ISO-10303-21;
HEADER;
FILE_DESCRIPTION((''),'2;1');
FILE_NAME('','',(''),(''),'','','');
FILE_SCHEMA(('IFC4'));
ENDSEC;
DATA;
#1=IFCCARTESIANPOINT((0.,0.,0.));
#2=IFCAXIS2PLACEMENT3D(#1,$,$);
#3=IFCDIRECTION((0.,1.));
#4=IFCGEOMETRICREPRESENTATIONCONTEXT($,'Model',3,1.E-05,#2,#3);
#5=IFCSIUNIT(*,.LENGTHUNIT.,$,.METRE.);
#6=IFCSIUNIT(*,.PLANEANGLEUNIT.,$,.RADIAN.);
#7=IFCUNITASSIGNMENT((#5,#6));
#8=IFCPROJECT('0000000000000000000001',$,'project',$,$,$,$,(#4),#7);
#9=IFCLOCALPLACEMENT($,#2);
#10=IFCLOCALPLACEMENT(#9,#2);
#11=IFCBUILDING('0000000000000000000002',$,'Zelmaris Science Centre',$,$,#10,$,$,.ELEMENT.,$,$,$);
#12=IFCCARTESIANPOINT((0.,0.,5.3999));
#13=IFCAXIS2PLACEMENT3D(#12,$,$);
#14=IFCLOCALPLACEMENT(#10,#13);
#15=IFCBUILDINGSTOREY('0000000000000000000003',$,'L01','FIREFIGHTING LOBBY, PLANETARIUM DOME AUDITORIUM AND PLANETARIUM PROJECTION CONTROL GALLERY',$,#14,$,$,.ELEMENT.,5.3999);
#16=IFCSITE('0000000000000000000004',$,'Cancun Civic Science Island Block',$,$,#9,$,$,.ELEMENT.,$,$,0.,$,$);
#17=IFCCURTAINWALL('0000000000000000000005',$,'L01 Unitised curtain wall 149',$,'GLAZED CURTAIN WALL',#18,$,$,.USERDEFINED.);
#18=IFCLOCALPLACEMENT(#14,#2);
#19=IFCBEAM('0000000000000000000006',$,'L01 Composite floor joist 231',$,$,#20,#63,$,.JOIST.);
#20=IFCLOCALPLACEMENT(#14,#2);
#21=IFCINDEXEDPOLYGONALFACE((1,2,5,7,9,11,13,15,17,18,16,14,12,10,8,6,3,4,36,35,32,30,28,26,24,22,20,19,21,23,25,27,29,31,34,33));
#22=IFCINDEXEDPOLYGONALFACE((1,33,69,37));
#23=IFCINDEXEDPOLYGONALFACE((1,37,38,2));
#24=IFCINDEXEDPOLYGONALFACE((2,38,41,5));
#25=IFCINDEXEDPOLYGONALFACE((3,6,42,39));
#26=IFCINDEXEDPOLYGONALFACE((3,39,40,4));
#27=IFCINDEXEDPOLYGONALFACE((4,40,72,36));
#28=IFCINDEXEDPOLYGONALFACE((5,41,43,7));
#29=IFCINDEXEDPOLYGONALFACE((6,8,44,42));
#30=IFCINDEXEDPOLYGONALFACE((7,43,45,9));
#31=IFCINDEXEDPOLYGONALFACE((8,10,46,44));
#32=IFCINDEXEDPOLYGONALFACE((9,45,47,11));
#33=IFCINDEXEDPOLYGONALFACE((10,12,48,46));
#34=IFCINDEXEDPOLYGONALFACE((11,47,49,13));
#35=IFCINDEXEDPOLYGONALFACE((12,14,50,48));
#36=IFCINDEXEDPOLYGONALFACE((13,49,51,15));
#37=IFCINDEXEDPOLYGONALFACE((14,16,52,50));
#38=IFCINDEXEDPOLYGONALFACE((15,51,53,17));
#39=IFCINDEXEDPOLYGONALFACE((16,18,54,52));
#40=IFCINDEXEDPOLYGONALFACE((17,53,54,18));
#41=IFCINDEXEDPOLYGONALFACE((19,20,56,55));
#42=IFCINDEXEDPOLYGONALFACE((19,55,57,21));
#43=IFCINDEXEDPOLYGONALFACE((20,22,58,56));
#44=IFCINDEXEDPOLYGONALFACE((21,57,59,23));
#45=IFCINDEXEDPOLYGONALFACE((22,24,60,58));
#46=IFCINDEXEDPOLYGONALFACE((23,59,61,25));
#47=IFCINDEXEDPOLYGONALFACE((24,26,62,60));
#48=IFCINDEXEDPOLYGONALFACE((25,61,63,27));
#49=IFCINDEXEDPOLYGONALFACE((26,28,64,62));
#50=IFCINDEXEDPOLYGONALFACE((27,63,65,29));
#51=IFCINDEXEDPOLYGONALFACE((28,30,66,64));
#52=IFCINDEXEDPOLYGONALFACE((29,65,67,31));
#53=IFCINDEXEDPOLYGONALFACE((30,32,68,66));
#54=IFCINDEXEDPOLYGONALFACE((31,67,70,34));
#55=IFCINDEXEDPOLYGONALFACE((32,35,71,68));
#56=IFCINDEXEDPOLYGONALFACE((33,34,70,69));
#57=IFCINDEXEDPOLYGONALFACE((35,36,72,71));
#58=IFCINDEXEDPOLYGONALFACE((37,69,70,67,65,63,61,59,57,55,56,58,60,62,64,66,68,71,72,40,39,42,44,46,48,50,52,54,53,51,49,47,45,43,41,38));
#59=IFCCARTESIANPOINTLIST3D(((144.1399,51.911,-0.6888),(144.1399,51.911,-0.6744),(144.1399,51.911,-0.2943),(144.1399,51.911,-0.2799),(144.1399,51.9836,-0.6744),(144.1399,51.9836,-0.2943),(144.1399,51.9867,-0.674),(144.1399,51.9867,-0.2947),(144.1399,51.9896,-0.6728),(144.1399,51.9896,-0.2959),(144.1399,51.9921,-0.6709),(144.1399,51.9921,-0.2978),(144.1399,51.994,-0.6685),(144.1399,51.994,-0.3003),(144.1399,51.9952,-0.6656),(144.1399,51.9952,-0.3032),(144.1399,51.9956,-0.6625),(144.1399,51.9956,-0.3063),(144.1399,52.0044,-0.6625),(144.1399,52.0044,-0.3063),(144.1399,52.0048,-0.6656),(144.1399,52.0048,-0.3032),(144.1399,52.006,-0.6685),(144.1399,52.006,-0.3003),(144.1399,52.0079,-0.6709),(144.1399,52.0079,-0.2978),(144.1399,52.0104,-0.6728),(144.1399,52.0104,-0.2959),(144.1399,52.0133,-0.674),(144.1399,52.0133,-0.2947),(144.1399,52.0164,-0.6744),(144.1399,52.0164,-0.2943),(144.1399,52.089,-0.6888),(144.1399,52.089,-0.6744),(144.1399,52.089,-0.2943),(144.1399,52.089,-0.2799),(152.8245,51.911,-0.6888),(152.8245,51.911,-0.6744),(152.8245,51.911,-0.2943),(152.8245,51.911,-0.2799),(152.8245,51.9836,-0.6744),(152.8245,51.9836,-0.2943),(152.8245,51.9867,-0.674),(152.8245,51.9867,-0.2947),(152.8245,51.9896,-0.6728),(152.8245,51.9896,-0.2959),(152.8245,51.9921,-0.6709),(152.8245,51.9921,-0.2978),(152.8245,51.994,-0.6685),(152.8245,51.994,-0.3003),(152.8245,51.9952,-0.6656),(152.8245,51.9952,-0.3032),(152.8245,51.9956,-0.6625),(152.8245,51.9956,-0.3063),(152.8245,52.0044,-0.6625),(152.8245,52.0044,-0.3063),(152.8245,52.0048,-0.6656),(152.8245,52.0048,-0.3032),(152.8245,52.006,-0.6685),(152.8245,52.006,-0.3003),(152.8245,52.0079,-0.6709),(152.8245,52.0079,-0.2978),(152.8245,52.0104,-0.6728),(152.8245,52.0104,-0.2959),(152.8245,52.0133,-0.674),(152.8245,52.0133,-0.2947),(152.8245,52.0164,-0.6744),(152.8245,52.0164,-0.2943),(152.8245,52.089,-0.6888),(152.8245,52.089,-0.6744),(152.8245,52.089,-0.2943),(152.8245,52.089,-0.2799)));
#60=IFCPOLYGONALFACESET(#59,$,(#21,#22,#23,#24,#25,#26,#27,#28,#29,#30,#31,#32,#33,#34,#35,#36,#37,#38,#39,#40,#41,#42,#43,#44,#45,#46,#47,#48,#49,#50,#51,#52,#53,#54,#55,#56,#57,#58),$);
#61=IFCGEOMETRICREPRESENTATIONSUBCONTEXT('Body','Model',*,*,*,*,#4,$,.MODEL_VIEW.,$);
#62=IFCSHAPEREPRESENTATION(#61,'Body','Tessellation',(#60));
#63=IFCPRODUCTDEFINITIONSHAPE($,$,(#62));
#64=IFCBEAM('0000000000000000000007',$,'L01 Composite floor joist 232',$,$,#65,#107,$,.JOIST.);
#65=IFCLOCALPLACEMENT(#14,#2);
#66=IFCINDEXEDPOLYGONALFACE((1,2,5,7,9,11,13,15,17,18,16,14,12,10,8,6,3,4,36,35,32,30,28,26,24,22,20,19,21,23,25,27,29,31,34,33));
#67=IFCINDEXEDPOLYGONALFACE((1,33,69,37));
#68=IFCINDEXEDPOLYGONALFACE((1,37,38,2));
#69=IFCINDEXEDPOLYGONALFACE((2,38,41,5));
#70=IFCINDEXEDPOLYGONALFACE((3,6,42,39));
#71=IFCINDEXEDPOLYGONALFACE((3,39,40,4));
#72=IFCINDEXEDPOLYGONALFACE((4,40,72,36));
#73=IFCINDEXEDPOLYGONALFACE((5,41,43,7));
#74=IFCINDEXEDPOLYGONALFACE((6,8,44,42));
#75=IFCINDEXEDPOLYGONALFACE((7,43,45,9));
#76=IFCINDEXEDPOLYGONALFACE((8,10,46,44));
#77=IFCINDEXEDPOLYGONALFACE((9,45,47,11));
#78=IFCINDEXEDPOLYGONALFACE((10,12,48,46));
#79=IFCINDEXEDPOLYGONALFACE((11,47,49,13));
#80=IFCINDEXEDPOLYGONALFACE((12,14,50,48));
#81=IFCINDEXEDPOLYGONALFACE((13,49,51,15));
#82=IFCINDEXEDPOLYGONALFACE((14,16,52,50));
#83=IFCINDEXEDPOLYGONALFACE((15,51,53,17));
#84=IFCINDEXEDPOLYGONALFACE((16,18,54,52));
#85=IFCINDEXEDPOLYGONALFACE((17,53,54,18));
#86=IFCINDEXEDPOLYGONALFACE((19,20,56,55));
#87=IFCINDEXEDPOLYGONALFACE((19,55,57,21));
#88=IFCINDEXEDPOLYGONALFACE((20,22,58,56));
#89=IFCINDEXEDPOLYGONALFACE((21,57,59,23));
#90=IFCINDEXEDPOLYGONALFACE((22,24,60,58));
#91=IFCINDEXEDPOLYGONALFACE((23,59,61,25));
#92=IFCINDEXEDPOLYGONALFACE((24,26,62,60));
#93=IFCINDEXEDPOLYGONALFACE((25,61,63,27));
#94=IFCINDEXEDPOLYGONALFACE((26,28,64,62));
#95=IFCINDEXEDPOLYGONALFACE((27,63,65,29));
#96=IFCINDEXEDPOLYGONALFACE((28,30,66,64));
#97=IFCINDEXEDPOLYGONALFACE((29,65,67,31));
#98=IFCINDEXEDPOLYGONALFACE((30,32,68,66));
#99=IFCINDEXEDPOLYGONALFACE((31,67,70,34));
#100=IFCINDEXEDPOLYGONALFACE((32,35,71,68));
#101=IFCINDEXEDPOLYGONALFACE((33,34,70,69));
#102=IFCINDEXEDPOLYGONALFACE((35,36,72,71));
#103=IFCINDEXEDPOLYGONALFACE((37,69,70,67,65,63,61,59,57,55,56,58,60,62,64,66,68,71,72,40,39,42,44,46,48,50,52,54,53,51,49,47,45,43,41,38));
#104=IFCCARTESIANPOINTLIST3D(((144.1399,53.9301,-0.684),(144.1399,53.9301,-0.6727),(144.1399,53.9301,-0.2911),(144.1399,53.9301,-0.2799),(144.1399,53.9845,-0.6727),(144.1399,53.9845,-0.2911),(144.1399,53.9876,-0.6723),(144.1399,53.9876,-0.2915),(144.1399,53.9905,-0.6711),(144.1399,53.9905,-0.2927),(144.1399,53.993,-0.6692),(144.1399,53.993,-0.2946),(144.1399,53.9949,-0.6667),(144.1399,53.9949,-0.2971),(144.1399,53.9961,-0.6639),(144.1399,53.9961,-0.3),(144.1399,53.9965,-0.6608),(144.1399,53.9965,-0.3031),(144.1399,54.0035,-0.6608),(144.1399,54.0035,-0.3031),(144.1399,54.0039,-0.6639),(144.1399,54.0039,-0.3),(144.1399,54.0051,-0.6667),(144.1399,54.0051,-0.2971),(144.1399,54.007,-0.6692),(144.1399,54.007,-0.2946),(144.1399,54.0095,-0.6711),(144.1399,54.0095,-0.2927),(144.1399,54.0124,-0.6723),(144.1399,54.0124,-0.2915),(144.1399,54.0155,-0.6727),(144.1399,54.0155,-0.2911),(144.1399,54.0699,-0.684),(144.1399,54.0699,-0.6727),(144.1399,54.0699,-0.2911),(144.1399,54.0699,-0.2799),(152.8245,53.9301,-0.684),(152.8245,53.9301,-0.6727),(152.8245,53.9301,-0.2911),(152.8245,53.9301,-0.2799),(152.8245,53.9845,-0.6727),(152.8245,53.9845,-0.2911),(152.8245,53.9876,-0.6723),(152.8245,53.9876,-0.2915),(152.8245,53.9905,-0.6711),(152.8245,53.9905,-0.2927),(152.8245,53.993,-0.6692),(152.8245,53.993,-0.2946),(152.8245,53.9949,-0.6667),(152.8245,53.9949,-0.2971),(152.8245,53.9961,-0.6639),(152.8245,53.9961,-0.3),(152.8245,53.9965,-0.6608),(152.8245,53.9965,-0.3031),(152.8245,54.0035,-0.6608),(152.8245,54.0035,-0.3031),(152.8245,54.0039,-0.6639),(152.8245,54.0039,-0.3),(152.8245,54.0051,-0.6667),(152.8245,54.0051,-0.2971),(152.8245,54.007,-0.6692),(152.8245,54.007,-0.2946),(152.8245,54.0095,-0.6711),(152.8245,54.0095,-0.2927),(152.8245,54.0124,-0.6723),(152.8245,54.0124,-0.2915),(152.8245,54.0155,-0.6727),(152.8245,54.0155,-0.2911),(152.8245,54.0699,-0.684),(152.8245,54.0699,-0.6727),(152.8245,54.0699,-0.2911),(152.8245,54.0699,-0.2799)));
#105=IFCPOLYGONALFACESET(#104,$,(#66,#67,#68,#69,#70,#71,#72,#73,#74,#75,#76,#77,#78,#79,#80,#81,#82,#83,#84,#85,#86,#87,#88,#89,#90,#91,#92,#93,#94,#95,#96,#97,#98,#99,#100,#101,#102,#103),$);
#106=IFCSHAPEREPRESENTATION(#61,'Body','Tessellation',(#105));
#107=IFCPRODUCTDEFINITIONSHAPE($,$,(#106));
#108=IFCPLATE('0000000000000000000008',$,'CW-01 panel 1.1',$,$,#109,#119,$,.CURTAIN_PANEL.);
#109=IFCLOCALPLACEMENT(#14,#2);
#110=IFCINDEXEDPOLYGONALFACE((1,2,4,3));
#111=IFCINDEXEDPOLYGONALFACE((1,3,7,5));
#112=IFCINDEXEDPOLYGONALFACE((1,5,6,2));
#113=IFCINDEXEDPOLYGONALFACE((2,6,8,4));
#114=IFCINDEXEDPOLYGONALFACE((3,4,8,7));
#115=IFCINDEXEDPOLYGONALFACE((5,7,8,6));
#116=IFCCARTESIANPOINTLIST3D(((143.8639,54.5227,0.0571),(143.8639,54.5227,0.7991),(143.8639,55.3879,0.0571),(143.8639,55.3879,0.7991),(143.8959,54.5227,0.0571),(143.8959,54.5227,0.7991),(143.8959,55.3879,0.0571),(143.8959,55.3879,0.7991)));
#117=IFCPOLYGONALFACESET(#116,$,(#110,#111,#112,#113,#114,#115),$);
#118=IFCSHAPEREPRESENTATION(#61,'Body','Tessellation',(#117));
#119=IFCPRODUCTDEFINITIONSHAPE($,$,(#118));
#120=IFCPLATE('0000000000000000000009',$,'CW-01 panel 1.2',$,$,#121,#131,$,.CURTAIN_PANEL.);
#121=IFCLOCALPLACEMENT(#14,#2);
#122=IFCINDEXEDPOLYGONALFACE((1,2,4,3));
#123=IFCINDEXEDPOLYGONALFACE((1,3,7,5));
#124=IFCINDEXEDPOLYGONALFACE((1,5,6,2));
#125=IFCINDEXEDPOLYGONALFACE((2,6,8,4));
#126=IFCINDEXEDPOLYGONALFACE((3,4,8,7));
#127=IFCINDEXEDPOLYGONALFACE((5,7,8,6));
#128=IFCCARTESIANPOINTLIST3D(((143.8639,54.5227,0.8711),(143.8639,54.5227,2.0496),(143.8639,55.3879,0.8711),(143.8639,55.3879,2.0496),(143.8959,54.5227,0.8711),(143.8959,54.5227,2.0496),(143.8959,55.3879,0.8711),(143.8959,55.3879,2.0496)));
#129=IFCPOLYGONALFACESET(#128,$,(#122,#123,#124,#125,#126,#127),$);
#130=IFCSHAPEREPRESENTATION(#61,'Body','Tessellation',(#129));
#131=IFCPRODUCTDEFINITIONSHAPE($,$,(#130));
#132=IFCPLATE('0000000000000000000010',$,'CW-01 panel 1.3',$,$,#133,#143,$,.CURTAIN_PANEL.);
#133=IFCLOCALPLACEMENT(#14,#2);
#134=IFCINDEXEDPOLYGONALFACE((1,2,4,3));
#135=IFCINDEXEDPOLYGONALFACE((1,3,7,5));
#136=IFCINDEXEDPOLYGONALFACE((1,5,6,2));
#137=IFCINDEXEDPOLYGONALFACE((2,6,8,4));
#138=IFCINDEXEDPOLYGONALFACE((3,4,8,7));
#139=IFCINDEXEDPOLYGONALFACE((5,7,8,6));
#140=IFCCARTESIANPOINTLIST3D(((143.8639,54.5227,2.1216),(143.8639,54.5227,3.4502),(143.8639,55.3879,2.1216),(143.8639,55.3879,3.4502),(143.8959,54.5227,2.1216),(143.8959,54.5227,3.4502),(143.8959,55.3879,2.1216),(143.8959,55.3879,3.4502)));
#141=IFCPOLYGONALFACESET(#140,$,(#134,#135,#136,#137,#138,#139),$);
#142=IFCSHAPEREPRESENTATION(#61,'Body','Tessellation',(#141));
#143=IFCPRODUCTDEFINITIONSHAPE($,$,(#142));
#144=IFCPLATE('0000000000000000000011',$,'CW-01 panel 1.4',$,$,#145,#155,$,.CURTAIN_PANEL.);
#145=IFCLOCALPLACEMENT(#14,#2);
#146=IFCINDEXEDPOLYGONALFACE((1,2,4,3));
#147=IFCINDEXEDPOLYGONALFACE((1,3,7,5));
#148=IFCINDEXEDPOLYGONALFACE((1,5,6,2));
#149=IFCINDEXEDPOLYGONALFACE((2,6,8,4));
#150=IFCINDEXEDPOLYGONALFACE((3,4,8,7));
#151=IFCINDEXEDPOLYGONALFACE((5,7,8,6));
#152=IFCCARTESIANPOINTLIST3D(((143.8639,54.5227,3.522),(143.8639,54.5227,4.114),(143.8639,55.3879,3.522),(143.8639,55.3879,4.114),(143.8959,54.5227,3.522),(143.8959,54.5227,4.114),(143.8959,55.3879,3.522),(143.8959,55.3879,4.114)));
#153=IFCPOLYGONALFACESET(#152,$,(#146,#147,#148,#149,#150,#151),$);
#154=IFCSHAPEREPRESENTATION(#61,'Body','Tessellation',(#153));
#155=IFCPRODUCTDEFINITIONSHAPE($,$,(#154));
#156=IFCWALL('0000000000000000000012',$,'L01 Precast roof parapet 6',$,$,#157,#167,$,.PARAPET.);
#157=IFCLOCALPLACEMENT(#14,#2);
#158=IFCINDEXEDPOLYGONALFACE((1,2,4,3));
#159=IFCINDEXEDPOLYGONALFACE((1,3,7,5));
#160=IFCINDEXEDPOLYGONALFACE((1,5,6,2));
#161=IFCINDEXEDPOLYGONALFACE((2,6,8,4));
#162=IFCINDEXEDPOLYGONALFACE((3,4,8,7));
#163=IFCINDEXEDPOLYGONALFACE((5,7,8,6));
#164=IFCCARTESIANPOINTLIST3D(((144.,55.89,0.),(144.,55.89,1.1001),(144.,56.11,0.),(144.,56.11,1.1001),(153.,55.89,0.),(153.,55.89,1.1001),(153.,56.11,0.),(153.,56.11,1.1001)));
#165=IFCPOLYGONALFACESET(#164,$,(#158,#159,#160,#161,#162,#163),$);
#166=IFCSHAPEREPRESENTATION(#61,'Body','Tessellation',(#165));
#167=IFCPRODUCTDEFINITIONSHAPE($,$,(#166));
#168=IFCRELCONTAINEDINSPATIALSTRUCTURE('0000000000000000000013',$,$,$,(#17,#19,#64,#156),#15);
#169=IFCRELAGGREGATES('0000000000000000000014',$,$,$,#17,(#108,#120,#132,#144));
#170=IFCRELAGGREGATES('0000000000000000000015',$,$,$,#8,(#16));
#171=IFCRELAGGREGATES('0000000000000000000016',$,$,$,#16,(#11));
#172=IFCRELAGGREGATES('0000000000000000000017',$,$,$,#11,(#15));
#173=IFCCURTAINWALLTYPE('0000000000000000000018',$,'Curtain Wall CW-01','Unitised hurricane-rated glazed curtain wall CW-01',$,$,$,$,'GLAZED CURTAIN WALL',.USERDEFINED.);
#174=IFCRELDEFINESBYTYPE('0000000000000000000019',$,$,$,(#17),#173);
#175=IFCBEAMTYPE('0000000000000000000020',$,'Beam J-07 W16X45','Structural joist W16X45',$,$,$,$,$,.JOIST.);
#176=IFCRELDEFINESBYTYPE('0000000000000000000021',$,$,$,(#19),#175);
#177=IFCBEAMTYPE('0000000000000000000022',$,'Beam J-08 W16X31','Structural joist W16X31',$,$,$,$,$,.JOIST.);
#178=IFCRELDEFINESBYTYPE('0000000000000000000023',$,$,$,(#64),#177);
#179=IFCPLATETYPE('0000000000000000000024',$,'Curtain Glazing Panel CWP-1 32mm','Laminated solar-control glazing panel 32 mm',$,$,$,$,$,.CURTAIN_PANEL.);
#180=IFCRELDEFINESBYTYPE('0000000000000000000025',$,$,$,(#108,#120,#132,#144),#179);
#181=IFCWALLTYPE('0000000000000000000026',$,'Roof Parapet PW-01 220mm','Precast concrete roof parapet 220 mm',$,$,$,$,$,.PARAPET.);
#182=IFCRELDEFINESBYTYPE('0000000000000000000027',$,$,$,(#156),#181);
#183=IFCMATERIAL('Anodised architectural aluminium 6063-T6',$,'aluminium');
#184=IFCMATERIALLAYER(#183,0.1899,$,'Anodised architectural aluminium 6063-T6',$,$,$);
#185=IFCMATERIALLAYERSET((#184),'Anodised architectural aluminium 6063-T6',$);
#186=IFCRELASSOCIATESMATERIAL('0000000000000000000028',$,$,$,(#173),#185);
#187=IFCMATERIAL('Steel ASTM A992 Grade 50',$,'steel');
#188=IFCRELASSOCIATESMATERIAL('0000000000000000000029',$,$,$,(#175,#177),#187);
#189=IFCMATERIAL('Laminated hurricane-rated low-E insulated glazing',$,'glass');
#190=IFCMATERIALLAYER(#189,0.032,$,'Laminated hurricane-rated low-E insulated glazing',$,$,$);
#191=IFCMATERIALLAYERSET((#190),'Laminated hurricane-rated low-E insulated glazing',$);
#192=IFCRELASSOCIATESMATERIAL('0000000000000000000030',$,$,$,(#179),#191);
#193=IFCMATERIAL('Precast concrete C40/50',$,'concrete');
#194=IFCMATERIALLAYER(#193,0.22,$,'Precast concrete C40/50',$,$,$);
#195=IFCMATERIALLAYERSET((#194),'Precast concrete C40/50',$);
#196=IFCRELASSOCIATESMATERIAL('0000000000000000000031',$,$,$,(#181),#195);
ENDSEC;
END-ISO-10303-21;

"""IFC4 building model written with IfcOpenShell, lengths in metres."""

from ifc_helpers import new_model, si_unit, direction, frame, frame_2d, origin, origin_2d, place, context, subcontext, project, spatial, rectangle, i_section, extrude, material, layer, layer_set, material_profile, profile_set, type_object, element, aggregate, save


model = new_model("IFC4")

# Units and contexts
model_context = context("Model", 3, precision=1e-05, world=origin(), true_north=direction((0.0, 1.0)))
body_context = subcontext(model_context, "Body", "Model", "MODEL_VIEW")
ifc_project = project(units=[si_unit("LENGTHUNIT", "METRE"), si_unit("PLANEANGLEUNIT", "RADIAN")], contexts=[model_context])

# Site, building, storey
site_placement = place(None, origin())
site = spatial("IfcSite", under=ifc_project, at=site_placement, Name="Cancun Civic Science Island Block", CompositionType="ELEMENT", RefElevation=0.0)
building_placement = place(site_placement, origin())
building = spatial("IfcBuilding", under=site, at=building_placement, Name="Zelmaris Science Centre", CompositionType="ELEMENT")
storey_placement = place(building_placement, frame((0.0, 0.0, 5.3999)))
storey = spatial("IfcBuildingStorey", under=building, at=storey_placement, Name="L01", Description="FIREFIGHTING LOBBY, PLANETARIUM DOME AUDITORIUM AND PLANETARIUM PROJECTION CONTROL GALLERY", CompositionType="ELEMENT", Elevation=5.3999)

# Shared definitions
ifc_material_1 = material(Name="Steel ASTM A992 Grade 50", Category="steel")

# Curtain wall
ifc_material_2 = material(Name="Anodised architectural aluminium 6063-T6", Category="aluminium")
ifc_layer_1 = layer(ifc_material_2, 0.1899, Name="Anodised architectural aluminium 6063-T6")
ifc_layer_set_1 = layer_set([ifc_layer_1], Name="Anodised architectural aluminium 6063-T6")
curtain_wall_type = type_object("IfcCurtainWallType", Name="Curtain Wall CW-01", Description="Unitised hurricane-rated glazed curtain wall CW-01", ElementType="GLAZED CURTAIN WALL", PredefinedType="USERDEFINED", material=ifc_layer_set_1)
curtain_wall_placement = place(storey_placement, origin())
curtain_wall = element("IfcCurtainWall", 1, at=curtain_wall_placement, inside=storey, type_object=curtain_wall_type, Name="L01 Unitised curtain wall 149", ObjectType="GLAZED CURTAIN WALL", PredefinedType="USERDEFINED")

# Beams
ifc_material_profile_1 = material_profile(ifc_material_1, i_section(OverallWidth=0.178, OverallDepth=0.4089, WebThickness=0.0088, FlangeThickness=0.0144, FilletRadius=0.012, at=origin_2d()), Name="W16X45")
ifc_profile_set_1 = profile_set([ifc_material_profile_1], Name="Steel ASTM A992 Grade 50")
beam_type_1 = type_object("IfcBeamType", Name="Beam J-07 W16X45", Description="Structural joist W16X45", PredefinedType="JOIST", material=ifc_profile_set_1)
beam_1_placement = place(storey_placement, frame((144.1399, 52.0, -0.4844), z_axis=(1.0, 0.0, 0.0), x_axis=(0.0, 1.0, 0.0)))
element("IfcBeam", 2, at=beam_1_placement, inside=storey, type_object=beam_type_1, Name="L01 Composite floor joist 231", PredefinedType="JOIST", context=body_context, shape_type="SweptSolid", body=[
    extrude(i_section(OverallWidth=0.178, OverallDepth=0.4089, WebThickness=0.0088, FlangeThickness=0.0144, FilletRadius=0.012, at=origin_2d()), origin(), (0.0, 0.0, 1.0), 8.6846),
])
ifc_material_profile_2 = material_profile(ifc_material_1, i_section(OverallWidth=0.1399, OverallDepth=0.4041, WebThickness=0.0071, FlangeThickness=0.0112, FilletRadius=0.012, at=origin_2d()), Name="W16X31")
ifc_profile_set_2 = profile_set([ifc_material_profile_2], Name="Steel ASTM A992 Grade 50")
beam_type_2 = type_object("IfcBeamType", Name="Beam J-08 W16X31", Description="Structural joist W16X31", PredefinedType="JOIST", material=ifc_profile_set_2)
beam_2_placement = place(storey_placement, frame((144.1399, 54.0, -0.4819), z_axis=(1.0, 0.0, 0.0), x_axis=(0.0, 1.0, 0.0)))
element("IfcBeam", 3, at=beam_2_placement, inside=storey, type_object=beam_type_2, Name="L01 Composite floor joist 232", PredefinedType="JOIST", context=body_context, shape_type="SweptSolid", body=[
    extrude(i_section(OverallWidth=0.1399, OverallDepth=0.4041, WebThickness=0.0071, FlangeThickness=0.0112, FilletRadius=0.012, at=origin_2d()), origin(), (0.0, 0.0, 1.0), 8.6846),
])

# Plates
ifc_material_3 = material(Name="Laminated hurricane-rated low-E insulated glazing", Category="glass")
ifc_layer_2 = layer(ifc_material_3, 0.032, Name="Laminated hurricane-rated low-E insulated glazing")
ifc_layer_set_2 = layer_set([ifc_layer_2], Name="Laminated hurricane-rated low-E insulated glazing")
plate_type = type_object("IfcPlateType", Name="Curtain Glazing Panel CWP-1 32mm", Description="Laminated solar-control glazing panel 32 mm", PredefinedType="CURTAIN_PANEL", material=ifc_layer_set_2)
plate_1_placement = place(storey_placement, frame((143.8799, 54.9553, 0.0571), z_axis=(0.0, 0.0, 1.0), x_axis=(0.0, -1.0, 0.0)))
plate_1 = element("IfcPlate", 4, at=plate_1_placement, type_object=plate_type, Name="CW-01 panel 1.1", PredefinedType="CURTAIN_PANEL", context=body_context, shape_type="SweptSolid", body=[
    extrude(rectangle(XDim=0.8652, YDim=0.032, at=origin_2d()), origin(), (0.0, 0.0, 1.0), 0.7419),
])
plate_2_placement = place(storey_placement, frame((143.8799, 54.9553, 0.8711), z_axis=(0.0, 0.0, 1.0), x_axis=(0.0, -1.0, 0.0)))
plate_2 = element("IfcPlate", 5, at=plate_2_placement, type_object=plate_type, Name="CW-01 panel 1.2", PredefinedType="CURTAIN_PANEL", context=body_context, shape_type="SweptSolid", body=[
    extrude(rectangle(XDim=0.8652, YDim=0.032, at=origin_2d()), origin(), (0.0, 0.0, 1.0), 1.1785),
])
plate_3_placement = place(storey_placement, frame((143.8799, 54.9553, 2.1216), z_axis=(0.0, 0.0, 1.0), x_axis=(0.0, -1.0, 0.0)))
plate_3 = element("IfcPlate", 6, at=plate_3_placement, type_object=plate_type, Name="CW-01 panel 1.3", PredefinedType="CURTAIN_PANEL", context=body_context, shape_type="SweptSolid", body=[
    extrude(rectangle(XDim=0.8652, YDim=0.032, at=origin_2d()), origin(), (0.0, 0.0, 1.0), 1.3286),
])
plate_4_placement = place(storey_placement, frame((143.8799, 54.9553, 3.522), z_axis=(0.0, 0.0, 1.0), x_axis=(0.0, -1.0, 0.0)))
plate_4 = element("IfcPlate", 7, at=plate_4_placement, type_object=plate_type, Name="CW-01 panel 1.4", PredefinedType="CURTAIN_PANEL", context=body_context, shape_type="SweptSolid", body=[
    extrude(rectangle(XDim=0.8652, YDim=0.032, at=origin_2d()), origin(), (0.0, 0.0, 1.0), 0.592),
])
aggregate(curtain_wall, [plate_1, plate_2, plate_3, plate_4])

# Wall
ifc_material_4 = material(Name="Precast concrete C40/50", Category="concrete")
ifc_layer_3 = layer(ifc_material_4, 0.22, Name="Precast concrete C40/50")
ifc_layer_set_3 = layer_set([ifc_layer_3], Name="Precast concrete C40/50")
wall_type = type_object("IfcWallType", Name="Roof Parapet PW-01 220mm", Description="Precast concrete roof parapet 220 mm", PredefinedType="PARAPET", material=ifc_layer_set_3)
wall_placement = place(storey_placement, frame((144.0, 56.0, 0.0), z_axis=(0.0, 0.0, 1.0), x_axis=(1.0, 0.0, 0.0)))
element("IfcWall", 8, at=wall_placement, inside=storey, type_object=wall_type, Name="L01 Precast roof parapet 6", PredefinedType="PARAPET", context=body_context, shape_type="SweptSolid", body=[
    extrude(rectangle(XDim=9.0, YDim=0.22, at=frame_2d((4.5, 0.0))), origin(), (0.0, 0.0, 1.0), 1.1001),
])

save(model, "model.ifc")
